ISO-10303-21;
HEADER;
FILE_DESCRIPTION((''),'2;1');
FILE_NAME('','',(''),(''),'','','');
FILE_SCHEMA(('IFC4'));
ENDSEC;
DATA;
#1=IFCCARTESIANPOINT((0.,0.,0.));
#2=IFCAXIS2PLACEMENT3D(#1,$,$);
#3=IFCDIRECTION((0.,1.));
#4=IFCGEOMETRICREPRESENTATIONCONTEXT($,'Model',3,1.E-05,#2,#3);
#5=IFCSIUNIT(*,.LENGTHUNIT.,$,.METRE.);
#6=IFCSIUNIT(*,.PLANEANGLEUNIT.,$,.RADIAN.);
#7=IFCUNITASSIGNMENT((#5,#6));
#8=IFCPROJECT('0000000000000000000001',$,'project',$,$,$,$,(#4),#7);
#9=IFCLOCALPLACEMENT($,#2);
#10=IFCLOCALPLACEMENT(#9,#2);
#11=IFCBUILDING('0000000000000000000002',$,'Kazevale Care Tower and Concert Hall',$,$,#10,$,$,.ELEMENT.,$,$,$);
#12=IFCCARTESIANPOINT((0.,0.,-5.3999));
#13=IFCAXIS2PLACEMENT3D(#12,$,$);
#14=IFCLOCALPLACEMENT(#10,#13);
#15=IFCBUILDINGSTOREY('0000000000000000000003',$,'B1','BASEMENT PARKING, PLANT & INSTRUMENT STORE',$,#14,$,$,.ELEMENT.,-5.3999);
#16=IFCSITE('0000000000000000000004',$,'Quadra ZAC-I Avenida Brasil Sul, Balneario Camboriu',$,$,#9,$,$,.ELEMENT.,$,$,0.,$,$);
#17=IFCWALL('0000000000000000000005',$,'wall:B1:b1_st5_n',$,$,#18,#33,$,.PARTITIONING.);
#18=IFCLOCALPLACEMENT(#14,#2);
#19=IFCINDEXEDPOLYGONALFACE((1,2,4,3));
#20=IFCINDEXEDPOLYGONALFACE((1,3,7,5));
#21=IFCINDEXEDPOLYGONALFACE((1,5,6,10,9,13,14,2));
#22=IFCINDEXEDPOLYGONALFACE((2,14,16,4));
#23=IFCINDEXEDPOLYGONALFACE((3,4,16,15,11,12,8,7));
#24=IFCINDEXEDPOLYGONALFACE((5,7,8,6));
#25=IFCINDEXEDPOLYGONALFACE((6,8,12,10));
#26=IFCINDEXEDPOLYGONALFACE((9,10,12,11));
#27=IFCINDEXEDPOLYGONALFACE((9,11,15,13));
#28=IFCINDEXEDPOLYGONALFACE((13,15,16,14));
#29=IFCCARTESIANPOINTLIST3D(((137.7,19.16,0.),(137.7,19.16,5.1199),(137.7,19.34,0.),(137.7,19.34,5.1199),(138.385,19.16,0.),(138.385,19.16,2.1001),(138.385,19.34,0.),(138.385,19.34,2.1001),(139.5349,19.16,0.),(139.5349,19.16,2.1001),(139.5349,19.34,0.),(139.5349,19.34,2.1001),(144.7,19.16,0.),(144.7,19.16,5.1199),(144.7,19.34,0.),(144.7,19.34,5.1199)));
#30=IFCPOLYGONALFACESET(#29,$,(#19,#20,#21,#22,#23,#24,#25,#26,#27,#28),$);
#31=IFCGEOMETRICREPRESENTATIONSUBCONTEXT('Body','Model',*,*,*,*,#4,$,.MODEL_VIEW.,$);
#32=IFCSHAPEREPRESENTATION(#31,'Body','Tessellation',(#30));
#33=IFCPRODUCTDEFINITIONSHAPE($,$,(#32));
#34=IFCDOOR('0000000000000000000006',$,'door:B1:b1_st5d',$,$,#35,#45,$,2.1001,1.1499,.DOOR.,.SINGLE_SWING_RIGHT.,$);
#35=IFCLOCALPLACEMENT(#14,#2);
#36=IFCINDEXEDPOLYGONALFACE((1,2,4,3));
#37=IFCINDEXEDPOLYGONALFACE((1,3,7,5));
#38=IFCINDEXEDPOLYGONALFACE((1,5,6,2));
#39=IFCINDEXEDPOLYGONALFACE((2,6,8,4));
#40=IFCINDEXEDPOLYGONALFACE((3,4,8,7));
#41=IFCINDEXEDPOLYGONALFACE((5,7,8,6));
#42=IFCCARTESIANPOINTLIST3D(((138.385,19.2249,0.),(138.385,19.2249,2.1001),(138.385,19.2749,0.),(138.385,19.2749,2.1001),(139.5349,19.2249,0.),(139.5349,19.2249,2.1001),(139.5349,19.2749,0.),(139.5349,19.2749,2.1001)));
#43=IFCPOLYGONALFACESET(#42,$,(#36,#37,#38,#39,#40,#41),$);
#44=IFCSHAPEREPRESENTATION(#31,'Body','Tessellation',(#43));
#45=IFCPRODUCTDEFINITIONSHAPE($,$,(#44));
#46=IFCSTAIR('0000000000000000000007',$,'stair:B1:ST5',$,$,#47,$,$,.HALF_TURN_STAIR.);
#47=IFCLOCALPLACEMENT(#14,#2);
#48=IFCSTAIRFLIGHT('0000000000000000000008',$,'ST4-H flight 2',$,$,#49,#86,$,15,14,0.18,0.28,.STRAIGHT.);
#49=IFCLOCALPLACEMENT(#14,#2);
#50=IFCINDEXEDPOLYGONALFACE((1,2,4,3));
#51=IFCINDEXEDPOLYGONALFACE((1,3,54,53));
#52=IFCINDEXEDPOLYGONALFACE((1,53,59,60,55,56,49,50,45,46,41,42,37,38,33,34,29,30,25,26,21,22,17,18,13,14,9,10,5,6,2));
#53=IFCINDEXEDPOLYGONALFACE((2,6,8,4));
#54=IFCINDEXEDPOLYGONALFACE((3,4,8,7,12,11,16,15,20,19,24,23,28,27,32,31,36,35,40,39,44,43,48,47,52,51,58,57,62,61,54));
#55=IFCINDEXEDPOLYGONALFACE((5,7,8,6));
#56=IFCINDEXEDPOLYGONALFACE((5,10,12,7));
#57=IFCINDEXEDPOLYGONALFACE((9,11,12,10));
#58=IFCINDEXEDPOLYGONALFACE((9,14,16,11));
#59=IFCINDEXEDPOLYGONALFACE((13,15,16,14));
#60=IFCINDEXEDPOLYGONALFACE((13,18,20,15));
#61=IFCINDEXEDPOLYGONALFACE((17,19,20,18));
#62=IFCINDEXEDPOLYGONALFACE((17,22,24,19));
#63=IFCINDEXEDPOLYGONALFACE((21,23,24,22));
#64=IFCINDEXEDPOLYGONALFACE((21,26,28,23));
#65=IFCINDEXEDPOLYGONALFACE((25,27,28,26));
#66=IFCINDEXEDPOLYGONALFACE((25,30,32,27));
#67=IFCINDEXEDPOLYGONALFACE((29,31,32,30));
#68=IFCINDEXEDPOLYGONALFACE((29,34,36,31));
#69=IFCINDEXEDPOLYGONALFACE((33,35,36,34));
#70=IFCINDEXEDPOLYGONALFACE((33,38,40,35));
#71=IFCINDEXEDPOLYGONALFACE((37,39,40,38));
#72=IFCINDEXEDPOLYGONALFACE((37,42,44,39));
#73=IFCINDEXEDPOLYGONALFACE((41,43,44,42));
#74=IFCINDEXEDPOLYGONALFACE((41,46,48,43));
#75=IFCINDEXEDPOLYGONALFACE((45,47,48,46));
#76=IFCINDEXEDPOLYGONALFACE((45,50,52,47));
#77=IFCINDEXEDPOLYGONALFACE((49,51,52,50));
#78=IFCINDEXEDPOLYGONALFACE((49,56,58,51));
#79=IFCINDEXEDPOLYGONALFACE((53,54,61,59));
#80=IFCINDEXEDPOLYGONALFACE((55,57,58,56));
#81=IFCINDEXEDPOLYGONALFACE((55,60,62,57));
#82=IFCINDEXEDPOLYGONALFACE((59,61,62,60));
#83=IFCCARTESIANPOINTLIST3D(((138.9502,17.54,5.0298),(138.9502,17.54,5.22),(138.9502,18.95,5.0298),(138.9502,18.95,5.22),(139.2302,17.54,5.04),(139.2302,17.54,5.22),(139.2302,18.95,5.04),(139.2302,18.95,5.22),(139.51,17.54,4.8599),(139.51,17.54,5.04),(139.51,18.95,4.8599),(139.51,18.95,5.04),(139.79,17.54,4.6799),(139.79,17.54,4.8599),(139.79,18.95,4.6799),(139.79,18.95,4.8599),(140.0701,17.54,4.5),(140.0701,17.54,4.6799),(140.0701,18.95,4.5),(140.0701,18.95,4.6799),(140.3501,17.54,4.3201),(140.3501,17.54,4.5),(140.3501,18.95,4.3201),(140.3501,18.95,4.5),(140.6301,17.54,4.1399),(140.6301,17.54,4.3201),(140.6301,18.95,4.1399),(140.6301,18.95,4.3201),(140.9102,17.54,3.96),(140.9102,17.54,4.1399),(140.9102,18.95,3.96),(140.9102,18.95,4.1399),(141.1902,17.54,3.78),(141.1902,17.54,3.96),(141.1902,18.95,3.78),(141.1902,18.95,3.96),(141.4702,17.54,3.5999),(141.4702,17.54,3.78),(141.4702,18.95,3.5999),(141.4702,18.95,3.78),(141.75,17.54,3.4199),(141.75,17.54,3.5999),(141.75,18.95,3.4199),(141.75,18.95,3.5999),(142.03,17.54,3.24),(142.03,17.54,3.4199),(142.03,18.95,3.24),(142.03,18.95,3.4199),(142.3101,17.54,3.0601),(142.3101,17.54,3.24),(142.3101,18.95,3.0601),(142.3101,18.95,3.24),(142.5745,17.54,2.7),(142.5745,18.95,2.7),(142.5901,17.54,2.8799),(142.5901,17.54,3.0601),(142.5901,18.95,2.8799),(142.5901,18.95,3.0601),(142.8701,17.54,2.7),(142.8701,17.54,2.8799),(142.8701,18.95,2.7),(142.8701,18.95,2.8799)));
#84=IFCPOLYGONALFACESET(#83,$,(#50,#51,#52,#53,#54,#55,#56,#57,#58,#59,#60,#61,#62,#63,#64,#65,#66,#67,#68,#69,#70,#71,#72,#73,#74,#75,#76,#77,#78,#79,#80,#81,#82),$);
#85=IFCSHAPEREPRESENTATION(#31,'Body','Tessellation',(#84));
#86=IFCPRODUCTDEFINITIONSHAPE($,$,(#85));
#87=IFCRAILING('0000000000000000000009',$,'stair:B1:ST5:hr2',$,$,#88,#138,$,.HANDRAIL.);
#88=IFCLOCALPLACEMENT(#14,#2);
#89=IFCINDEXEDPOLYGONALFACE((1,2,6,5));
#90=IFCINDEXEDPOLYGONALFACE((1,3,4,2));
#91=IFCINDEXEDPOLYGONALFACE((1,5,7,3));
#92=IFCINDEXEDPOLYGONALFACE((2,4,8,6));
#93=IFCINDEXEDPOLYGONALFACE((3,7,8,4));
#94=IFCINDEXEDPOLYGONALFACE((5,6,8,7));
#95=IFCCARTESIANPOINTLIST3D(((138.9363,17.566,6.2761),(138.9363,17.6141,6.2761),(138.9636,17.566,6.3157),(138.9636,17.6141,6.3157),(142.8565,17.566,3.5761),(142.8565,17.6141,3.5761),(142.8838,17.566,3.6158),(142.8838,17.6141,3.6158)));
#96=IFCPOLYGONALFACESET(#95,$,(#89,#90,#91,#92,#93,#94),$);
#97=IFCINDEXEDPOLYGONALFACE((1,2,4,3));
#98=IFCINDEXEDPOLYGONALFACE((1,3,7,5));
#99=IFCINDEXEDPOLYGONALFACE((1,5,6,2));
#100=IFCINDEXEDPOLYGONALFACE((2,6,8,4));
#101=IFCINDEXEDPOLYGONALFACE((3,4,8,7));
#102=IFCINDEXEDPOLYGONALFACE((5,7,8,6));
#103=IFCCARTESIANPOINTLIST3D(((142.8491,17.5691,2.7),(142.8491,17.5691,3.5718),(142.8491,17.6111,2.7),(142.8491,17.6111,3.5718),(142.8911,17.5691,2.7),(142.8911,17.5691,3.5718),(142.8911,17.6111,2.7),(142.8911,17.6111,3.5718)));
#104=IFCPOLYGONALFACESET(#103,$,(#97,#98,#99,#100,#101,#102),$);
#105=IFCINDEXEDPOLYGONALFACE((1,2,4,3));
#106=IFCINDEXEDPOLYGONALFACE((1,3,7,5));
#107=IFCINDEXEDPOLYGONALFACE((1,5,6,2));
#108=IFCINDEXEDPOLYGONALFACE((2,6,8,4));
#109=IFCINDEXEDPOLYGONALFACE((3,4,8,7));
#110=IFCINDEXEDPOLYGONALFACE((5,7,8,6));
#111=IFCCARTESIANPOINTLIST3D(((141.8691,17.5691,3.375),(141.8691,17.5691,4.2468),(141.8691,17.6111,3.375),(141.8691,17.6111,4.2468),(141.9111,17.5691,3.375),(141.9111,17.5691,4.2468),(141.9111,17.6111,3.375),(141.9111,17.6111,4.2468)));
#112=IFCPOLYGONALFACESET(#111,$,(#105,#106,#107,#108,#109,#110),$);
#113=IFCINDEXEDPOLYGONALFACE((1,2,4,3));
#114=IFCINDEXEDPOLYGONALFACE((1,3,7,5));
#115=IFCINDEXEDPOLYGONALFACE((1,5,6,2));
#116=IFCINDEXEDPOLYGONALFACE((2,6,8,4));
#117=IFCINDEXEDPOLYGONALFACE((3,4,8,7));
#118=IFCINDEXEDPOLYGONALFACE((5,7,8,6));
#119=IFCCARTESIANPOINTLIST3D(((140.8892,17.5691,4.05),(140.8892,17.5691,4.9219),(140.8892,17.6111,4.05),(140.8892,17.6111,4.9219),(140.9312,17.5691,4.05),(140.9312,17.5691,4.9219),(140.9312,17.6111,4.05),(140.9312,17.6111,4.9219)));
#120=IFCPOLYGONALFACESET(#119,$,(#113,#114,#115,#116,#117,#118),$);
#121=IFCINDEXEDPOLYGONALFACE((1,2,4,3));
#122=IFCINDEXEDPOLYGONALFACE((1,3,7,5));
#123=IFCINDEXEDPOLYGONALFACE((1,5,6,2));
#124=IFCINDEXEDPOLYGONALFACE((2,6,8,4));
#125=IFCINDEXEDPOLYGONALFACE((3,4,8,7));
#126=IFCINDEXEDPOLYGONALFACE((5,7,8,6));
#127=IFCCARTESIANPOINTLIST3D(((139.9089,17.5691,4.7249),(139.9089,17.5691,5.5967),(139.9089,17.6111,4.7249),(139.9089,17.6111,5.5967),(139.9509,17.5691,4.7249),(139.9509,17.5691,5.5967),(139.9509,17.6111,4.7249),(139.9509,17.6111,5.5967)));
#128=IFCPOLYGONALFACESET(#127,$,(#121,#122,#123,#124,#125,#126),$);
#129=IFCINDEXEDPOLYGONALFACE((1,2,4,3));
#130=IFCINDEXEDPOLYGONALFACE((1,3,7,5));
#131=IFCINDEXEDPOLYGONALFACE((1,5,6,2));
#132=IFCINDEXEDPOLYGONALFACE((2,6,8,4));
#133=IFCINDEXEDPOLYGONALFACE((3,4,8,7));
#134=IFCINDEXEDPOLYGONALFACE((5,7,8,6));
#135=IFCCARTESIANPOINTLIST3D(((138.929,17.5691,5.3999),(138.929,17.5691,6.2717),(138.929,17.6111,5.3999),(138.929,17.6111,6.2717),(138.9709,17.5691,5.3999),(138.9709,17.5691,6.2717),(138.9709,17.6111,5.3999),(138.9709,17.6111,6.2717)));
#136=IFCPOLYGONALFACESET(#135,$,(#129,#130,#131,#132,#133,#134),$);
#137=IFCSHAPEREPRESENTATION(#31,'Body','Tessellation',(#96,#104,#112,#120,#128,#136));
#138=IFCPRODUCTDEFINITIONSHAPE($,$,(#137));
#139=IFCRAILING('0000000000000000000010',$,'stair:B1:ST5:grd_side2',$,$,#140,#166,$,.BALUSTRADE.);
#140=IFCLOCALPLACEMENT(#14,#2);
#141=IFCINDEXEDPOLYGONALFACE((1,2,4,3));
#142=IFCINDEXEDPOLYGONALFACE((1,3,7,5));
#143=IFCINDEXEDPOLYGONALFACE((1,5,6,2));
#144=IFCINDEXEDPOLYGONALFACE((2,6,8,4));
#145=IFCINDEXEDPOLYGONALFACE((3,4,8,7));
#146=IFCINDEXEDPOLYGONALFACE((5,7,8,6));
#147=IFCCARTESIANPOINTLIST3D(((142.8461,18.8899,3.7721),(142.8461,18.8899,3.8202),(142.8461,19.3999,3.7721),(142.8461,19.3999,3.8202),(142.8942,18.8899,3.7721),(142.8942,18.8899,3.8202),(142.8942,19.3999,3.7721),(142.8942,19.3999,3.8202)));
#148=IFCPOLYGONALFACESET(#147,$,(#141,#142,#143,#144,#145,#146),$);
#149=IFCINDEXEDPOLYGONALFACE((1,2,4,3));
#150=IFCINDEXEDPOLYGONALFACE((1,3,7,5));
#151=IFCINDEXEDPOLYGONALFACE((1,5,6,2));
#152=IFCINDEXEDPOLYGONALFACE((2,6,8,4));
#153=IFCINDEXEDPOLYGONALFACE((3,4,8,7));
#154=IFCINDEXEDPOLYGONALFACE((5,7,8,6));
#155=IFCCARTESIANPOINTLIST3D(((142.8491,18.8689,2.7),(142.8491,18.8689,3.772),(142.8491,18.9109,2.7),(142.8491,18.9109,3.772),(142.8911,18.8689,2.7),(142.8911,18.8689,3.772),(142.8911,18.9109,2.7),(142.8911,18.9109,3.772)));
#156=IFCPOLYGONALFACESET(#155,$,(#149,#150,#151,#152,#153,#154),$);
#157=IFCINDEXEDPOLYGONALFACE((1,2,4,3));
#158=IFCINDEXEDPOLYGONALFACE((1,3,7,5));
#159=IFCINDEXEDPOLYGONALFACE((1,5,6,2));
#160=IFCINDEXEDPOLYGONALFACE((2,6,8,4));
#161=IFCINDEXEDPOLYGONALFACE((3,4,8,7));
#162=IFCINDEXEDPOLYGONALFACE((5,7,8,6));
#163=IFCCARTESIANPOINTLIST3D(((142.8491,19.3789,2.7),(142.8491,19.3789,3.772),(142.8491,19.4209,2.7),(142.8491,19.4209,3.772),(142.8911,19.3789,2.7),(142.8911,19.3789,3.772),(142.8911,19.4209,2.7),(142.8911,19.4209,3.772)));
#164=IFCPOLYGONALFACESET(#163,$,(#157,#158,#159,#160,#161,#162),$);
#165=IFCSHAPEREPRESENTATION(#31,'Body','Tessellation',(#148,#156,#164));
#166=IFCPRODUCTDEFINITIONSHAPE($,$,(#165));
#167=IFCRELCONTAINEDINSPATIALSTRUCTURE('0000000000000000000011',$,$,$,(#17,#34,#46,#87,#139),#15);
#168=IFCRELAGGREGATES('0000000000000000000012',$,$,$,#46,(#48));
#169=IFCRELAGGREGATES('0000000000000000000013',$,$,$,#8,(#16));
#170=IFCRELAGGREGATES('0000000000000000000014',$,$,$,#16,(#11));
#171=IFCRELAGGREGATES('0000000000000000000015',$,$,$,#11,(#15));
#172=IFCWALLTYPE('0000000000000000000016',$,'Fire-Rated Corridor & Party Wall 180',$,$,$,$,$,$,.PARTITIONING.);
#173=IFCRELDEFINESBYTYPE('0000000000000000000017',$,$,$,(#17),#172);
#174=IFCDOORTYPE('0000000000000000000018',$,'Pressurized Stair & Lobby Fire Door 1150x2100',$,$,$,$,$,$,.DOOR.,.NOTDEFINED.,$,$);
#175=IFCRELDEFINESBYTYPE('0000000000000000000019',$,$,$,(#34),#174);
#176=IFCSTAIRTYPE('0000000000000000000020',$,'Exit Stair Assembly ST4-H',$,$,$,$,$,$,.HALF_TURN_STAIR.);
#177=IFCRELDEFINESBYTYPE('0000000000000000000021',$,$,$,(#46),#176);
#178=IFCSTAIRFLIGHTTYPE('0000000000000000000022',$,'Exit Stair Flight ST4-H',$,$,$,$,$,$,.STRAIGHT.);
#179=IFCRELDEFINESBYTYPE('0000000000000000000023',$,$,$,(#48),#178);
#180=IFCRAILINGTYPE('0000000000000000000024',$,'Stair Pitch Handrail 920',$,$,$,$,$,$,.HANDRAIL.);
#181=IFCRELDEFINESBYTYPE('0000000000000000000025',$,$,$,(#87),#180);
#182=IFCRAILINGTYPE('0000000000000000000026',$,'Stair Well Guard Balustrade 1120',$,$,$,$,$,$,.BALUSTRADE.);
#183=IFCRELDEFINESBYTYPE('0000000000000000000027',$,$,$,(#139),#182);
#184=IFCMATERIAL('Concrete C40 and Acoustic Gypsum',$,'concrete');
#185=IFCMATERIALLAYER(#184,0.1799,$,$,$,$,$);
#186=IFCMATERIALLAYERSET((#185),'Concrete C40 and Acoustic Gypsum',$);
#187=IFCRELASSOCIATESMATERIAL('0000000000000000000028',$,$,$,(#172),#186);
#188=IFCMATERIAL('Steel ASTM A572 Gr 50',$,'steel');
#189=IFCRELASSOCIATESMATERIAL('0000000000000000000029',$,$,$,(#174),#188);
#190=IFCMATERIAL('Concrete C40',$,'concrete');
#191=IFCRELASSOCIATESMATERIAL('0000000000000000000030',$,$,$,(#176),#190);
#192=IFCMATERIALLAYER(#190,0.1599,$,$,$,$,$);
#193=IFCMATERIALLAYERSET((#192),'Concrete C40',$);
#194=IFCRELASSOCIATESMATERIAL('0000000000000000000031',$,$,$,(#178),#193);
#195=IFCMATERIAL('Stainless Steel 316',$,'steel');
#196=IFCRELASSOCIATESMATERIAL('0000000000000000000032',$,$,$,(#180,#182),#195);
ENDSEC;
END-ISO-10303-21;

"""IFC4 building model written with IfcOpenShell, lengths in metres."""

from ifc_helpers import new_model, si_unit, direction, frame, frame_2d, origin, origin_2d, place, context, subcontext, project, spatial, polyline, rectangle, outline, extrude, material, layer, layer_set, type_object, element, fill, aggregate, save


model = new_model("IFC4")

# Units and contexts
model_context = context("Model", 3, precision=1e-05, world=origin(), true_north=direction((0.0, 1.0)))
body_context = subcontext(model_context, "Body", "Model", "MODEL_VIEW")
ifc_project = project(units=[si_unit("LENGTHUNIT", "METRE"), si_unit("PLANEANGLEUNIT", "RADIAN")], contexts=[model_context])

# Site, building, storey
site_placement = place(None, origin())
site = spatial("IfcSite", under=ifc_project, at=site_placement, Name="Quadra ZAC-I Avenida Brasil Sul, Balneario Camboriu", CompositionType="ELEMENT", RefElevation=0.0)
building_placement = place(site_placement, origin())
building = spatial("IfcBuilding", under=site, at=building_placement, Name="Kazevale Care Tower and Concert Hall", CompositionType="ELEMENT")
storey_placement = place(building_placement, frame((0.0, 0.0, -5.3999)))
storey = spatial("IfcBuildingStorey", under=building, at=storey_placement, Name="B1", Description="BASEMENT PARKING, PLANT & INSTRUMENT STORE", CompositionType="ELEMENT", Elevation=-5.3999)

# Shared definitions
ifc_material_1 = material(Name="Steel ASTM A572 Gr 50", Category="steel")

# Wall, opening, door
ifc_material_2 = material(Name="Concrete C40 and Acoustic Gypsum", Category="concrete")
ifc_layer_1 = layer(ifc_material_2, 0.1799)
ifc_layer_set_1 = layer_set([ifc_layer_1], Name="Concrete C40 and Acoustic Gypsum")
wall_type = type_object("IfcWallType", Name="Fire-Rated Corridor & Party Wall 180", PredefinedType="PARTITIONING", material=ifc_layer_set_1)
wall_placement = place(storey_placement, frame((137.7, 19.25, 0.0), z_axis=(0.0, 0.0, 1.0), x_axis=(1.0, 0.0, 0.0)))
wall = element("IfcWall", 1, at=wall_placement, inside=storey, type_object=wall_type, Name="wall:B1:b1_st5_n", PredefinedType="PARTITIONING", context=body_context, shape_type="SweptSolid", body=[
    extrude(rectangle(XDim=7.0, YDim=0.1799, at=frame_2d((3.5, 0.0))), origin(), (0.0, 0.0, 1.0), 5.1199),
])
opening_placement = place(wall_placement, frame((0.6851, 0.0, 0.0)))
opening = element("IfcOpeningElement", 2, at=opening_placement, cuts=wall, PredefinedType="OPENING", context=body_context, shape_type="SweptSolid", body=[
    extrude(rectangle(XDim=1.1499, YDim=2.1001, at=frame_2d((0.575, 1.05))), frame((0.0, 0.0999, 0.0), z_axis=(0.0, -1.0, 0.0), x_axis=(1.0, 0.0, 0.0)), (0.0, 0.0, 1.0), 0.2),
])
door_type = type_object("IfcDoorType", Name="Pressurized Stair & Lobby Fire Door 1150x2100", OperationType="NOTDEFINED", PredefinedType="DOOR", material=ifc_material_1)
door_placement = place(opening_placement, origin())
door = element("IfcDoor", 3, at=door_placement, inside=storey, type_object=door_type, Name="door:B1:b1_st5d", OperationType="SINGLE_SWING_RIGHT", OverallHeight=2.1001, OverallWidth=1.1499, PredefinedType="DOOR", context=body_context, shape_type="SweptSolid", body=[
    extrude(rectangle(XDim=1.1499, YDim=2.1001, at=frame_2d((0.575, 1.05))), frame((0.0, 0.0249, 0.0), z_axis=(0.0, -1.0, 0.0), x_axis=(1.0, 0.0, 0.0)), (0.0, 0.0, 1.0), 0.05),
])
fill(opening, door)

# Stair, stair flight
ifc_material_3 = material(Name="Concrete C40", Category="concrete")
stair_type = type_object("IfcStairType", Name="Exit Stair Assembly ST4-H", PredefinedType="HALF_TURN_STAIR", material=ifc_material_3)
stair_placement = place(storey_placement, origin())
stair = element("IfcStair", 4, at=stair_placement, inside=storey, type_object=stair_type, Name="stair:B1:ST5", PredefinedType="HALF_TURN_STAIR")
ifc_layer_2 = layer(ifc_material_3, 0.1599)
ifc_layer_set_2 = layer_set([ifc_layer_2], Name="Concrete C40")
stair_flight_type = type_object("IfcStairFlightType", Name="Exit Stair Flight ST4-H", PredefinedType="STRAIGHT", material=ifc_layer_set_2)
stair_flight_placement = place(storey_placement, frame((142.8701, 18.2451, 2.7), z_axis=(0.0, 0.0, 1.0), x_axis=(-1.0, 0.0, 0.0)))
stair_flight = element("IfcStairFlight", 5, at=stair_flight_placement, type_object=stair_flight_type, Name="ST4-H flight 2", NumberOfRisers=15, NumberOfTreads=14, PredefinedType="STRAIGHT", RiserHeight=0.18, TreadLength=0.28, context=body_context, shape_type="SweptSolid", body=[
    extrude(outline(polyline([(0.0, 0.0), (0.0, 0.1799), (0.28, 0.1799), (0.28, 0.3601), (0.5601, 0.3601), (0.5601, 0.54), (0.8401, 0.54), (0.8401, 0.72), (1.1201, 0.72), (1.1201, 0.8999), (1.3999, 0.8999), (1.3999, 1.0801), (1.6799, 1.0801), (1.6799, 1.26), (1.96, 1.26), (1.96, 1.4399), (2.24, 1.4399), (2.24, 1.6201), (2.52, 1.6201), (2.52, 1.8), (2.8, 1.8), (2.8, 1.98), (3.0801, 1.98), (3.0801, 2.1599), (3.3601, 2.1599), (3.3601, 2.3401), (3.6399, 2.3401), (3.6399, 2.52), (3.9199, 2.52), (3.9199, 2.7), (3.9199, 2.3298), (0.2957, 0.0), (0.0, 0.0)])), frame((0.0, 0.7051, 0.0), z_axis=(0.0, -1.0, 0.0), x_axis=(1.0, 0.0, 0.0)), (0.0, 0.0, 1.0), 1.4099),
])
aggregate(stair, [stair_flight])

# Railings
ifc_material_4 = material(Name="Stainless Steel 316", Category="steel")
railing_type_1 = type_object("IfcRailingType", Name="Stair Pitch Handrail 920", PredefinedType="HANDRAIL", material=ifc_material_4)
railing_1_placement = place(storey_placement, frame((142.8701, 17.5901, 2.7)))
element("IfcRailing", 6, at=railing_1_placement, inside=storey, type_object=railing_type_1, Name="stair:B1:ST5:hr2", PredefinedType="HANDRAIL", context=body_context, shape_type="SweptSolid", body=[
    extrude(rectangle(XDim=0.0481, YDim=0.0481, at=origin_2d()), frame((0.0, 0.0, 0.896), z_axis=(-0.823567, 0.0, 0.567219), x_axis=(0.0, -1.0, 0.0)), (0.0, 0.0, 1.0), 4.76),
    extrude(rectangle(XDim=0.042, YDim=0.042, at=origin_2d()), origin(), (0.0, 0.0, 1.0), 0.8718),
    extrude(rectangle(XDim=0.042, YDim=0.042, at=origin_2d()), frame((-0.98, 0.0, 0.675)), (0.0, 0.0, 1.0), 0.8718),
    extrude(rectangle(XDim=0.042, YDim=0.042, at=origin_2d()), frame((-1.96, 0.0, 1.3501)), (0.0, 0.0, 1.0), 0.8718),
    extrude(rectangle(XDim=0.042, YDim=0.042, at=origin_2d()), frame((-2.9402, 0.0, 2.0249)), (0.0, 0.0, 1.0), 0.8718),
    extrude(rectangle(XDim=0.042, YDim=0.042, at=origin_2d()), frame((-3.9202, 0.0, 2.7)), (0.0, 0.0, 1.0), 0.8718),
])
railing_type_2 = type_object("IfcRailingType", Name="Stair Well Guard Balustrade 1120", PredefinedType="BALUSTRADE", material=ifc_material_4)
railing_2_placement = place(storey_placement, frame((142.8701, 18.8899, 2.7)))
element("IfcRailing", 7, at=railing_2_placement, inside=storey, type_object=railing_type_2, Name="stair:B1:ST5:grd_side2", PredefinedType="BALUSTRADE", context=body_context, shape_type="SweptSolid", body=[
    extrude(rectangle(XDim=0.0481, YDim=0.0481, at=origin_2d()), frame((0.0, 0.0, 1.0962), z_axis=(0.0, 1.0, 0.0), x_axis=(-1.0, 0.0, 0.0)), (0.0, 0.0, 1.0), 0.51),
    extrude(rectangle(XDim=0.042, YDim=0.042, at=origin_2d()), origin(), (0.0, 0.0, 1.0), 1.072),
    extrude(rectangle(XDim=0.042, YDim=0.042, at=origin_2d()), frame((0.0, 0.51, 0.0)), (0.0, 0.0, 1.0), 1.072),
])

save(model, "model.ifc")
